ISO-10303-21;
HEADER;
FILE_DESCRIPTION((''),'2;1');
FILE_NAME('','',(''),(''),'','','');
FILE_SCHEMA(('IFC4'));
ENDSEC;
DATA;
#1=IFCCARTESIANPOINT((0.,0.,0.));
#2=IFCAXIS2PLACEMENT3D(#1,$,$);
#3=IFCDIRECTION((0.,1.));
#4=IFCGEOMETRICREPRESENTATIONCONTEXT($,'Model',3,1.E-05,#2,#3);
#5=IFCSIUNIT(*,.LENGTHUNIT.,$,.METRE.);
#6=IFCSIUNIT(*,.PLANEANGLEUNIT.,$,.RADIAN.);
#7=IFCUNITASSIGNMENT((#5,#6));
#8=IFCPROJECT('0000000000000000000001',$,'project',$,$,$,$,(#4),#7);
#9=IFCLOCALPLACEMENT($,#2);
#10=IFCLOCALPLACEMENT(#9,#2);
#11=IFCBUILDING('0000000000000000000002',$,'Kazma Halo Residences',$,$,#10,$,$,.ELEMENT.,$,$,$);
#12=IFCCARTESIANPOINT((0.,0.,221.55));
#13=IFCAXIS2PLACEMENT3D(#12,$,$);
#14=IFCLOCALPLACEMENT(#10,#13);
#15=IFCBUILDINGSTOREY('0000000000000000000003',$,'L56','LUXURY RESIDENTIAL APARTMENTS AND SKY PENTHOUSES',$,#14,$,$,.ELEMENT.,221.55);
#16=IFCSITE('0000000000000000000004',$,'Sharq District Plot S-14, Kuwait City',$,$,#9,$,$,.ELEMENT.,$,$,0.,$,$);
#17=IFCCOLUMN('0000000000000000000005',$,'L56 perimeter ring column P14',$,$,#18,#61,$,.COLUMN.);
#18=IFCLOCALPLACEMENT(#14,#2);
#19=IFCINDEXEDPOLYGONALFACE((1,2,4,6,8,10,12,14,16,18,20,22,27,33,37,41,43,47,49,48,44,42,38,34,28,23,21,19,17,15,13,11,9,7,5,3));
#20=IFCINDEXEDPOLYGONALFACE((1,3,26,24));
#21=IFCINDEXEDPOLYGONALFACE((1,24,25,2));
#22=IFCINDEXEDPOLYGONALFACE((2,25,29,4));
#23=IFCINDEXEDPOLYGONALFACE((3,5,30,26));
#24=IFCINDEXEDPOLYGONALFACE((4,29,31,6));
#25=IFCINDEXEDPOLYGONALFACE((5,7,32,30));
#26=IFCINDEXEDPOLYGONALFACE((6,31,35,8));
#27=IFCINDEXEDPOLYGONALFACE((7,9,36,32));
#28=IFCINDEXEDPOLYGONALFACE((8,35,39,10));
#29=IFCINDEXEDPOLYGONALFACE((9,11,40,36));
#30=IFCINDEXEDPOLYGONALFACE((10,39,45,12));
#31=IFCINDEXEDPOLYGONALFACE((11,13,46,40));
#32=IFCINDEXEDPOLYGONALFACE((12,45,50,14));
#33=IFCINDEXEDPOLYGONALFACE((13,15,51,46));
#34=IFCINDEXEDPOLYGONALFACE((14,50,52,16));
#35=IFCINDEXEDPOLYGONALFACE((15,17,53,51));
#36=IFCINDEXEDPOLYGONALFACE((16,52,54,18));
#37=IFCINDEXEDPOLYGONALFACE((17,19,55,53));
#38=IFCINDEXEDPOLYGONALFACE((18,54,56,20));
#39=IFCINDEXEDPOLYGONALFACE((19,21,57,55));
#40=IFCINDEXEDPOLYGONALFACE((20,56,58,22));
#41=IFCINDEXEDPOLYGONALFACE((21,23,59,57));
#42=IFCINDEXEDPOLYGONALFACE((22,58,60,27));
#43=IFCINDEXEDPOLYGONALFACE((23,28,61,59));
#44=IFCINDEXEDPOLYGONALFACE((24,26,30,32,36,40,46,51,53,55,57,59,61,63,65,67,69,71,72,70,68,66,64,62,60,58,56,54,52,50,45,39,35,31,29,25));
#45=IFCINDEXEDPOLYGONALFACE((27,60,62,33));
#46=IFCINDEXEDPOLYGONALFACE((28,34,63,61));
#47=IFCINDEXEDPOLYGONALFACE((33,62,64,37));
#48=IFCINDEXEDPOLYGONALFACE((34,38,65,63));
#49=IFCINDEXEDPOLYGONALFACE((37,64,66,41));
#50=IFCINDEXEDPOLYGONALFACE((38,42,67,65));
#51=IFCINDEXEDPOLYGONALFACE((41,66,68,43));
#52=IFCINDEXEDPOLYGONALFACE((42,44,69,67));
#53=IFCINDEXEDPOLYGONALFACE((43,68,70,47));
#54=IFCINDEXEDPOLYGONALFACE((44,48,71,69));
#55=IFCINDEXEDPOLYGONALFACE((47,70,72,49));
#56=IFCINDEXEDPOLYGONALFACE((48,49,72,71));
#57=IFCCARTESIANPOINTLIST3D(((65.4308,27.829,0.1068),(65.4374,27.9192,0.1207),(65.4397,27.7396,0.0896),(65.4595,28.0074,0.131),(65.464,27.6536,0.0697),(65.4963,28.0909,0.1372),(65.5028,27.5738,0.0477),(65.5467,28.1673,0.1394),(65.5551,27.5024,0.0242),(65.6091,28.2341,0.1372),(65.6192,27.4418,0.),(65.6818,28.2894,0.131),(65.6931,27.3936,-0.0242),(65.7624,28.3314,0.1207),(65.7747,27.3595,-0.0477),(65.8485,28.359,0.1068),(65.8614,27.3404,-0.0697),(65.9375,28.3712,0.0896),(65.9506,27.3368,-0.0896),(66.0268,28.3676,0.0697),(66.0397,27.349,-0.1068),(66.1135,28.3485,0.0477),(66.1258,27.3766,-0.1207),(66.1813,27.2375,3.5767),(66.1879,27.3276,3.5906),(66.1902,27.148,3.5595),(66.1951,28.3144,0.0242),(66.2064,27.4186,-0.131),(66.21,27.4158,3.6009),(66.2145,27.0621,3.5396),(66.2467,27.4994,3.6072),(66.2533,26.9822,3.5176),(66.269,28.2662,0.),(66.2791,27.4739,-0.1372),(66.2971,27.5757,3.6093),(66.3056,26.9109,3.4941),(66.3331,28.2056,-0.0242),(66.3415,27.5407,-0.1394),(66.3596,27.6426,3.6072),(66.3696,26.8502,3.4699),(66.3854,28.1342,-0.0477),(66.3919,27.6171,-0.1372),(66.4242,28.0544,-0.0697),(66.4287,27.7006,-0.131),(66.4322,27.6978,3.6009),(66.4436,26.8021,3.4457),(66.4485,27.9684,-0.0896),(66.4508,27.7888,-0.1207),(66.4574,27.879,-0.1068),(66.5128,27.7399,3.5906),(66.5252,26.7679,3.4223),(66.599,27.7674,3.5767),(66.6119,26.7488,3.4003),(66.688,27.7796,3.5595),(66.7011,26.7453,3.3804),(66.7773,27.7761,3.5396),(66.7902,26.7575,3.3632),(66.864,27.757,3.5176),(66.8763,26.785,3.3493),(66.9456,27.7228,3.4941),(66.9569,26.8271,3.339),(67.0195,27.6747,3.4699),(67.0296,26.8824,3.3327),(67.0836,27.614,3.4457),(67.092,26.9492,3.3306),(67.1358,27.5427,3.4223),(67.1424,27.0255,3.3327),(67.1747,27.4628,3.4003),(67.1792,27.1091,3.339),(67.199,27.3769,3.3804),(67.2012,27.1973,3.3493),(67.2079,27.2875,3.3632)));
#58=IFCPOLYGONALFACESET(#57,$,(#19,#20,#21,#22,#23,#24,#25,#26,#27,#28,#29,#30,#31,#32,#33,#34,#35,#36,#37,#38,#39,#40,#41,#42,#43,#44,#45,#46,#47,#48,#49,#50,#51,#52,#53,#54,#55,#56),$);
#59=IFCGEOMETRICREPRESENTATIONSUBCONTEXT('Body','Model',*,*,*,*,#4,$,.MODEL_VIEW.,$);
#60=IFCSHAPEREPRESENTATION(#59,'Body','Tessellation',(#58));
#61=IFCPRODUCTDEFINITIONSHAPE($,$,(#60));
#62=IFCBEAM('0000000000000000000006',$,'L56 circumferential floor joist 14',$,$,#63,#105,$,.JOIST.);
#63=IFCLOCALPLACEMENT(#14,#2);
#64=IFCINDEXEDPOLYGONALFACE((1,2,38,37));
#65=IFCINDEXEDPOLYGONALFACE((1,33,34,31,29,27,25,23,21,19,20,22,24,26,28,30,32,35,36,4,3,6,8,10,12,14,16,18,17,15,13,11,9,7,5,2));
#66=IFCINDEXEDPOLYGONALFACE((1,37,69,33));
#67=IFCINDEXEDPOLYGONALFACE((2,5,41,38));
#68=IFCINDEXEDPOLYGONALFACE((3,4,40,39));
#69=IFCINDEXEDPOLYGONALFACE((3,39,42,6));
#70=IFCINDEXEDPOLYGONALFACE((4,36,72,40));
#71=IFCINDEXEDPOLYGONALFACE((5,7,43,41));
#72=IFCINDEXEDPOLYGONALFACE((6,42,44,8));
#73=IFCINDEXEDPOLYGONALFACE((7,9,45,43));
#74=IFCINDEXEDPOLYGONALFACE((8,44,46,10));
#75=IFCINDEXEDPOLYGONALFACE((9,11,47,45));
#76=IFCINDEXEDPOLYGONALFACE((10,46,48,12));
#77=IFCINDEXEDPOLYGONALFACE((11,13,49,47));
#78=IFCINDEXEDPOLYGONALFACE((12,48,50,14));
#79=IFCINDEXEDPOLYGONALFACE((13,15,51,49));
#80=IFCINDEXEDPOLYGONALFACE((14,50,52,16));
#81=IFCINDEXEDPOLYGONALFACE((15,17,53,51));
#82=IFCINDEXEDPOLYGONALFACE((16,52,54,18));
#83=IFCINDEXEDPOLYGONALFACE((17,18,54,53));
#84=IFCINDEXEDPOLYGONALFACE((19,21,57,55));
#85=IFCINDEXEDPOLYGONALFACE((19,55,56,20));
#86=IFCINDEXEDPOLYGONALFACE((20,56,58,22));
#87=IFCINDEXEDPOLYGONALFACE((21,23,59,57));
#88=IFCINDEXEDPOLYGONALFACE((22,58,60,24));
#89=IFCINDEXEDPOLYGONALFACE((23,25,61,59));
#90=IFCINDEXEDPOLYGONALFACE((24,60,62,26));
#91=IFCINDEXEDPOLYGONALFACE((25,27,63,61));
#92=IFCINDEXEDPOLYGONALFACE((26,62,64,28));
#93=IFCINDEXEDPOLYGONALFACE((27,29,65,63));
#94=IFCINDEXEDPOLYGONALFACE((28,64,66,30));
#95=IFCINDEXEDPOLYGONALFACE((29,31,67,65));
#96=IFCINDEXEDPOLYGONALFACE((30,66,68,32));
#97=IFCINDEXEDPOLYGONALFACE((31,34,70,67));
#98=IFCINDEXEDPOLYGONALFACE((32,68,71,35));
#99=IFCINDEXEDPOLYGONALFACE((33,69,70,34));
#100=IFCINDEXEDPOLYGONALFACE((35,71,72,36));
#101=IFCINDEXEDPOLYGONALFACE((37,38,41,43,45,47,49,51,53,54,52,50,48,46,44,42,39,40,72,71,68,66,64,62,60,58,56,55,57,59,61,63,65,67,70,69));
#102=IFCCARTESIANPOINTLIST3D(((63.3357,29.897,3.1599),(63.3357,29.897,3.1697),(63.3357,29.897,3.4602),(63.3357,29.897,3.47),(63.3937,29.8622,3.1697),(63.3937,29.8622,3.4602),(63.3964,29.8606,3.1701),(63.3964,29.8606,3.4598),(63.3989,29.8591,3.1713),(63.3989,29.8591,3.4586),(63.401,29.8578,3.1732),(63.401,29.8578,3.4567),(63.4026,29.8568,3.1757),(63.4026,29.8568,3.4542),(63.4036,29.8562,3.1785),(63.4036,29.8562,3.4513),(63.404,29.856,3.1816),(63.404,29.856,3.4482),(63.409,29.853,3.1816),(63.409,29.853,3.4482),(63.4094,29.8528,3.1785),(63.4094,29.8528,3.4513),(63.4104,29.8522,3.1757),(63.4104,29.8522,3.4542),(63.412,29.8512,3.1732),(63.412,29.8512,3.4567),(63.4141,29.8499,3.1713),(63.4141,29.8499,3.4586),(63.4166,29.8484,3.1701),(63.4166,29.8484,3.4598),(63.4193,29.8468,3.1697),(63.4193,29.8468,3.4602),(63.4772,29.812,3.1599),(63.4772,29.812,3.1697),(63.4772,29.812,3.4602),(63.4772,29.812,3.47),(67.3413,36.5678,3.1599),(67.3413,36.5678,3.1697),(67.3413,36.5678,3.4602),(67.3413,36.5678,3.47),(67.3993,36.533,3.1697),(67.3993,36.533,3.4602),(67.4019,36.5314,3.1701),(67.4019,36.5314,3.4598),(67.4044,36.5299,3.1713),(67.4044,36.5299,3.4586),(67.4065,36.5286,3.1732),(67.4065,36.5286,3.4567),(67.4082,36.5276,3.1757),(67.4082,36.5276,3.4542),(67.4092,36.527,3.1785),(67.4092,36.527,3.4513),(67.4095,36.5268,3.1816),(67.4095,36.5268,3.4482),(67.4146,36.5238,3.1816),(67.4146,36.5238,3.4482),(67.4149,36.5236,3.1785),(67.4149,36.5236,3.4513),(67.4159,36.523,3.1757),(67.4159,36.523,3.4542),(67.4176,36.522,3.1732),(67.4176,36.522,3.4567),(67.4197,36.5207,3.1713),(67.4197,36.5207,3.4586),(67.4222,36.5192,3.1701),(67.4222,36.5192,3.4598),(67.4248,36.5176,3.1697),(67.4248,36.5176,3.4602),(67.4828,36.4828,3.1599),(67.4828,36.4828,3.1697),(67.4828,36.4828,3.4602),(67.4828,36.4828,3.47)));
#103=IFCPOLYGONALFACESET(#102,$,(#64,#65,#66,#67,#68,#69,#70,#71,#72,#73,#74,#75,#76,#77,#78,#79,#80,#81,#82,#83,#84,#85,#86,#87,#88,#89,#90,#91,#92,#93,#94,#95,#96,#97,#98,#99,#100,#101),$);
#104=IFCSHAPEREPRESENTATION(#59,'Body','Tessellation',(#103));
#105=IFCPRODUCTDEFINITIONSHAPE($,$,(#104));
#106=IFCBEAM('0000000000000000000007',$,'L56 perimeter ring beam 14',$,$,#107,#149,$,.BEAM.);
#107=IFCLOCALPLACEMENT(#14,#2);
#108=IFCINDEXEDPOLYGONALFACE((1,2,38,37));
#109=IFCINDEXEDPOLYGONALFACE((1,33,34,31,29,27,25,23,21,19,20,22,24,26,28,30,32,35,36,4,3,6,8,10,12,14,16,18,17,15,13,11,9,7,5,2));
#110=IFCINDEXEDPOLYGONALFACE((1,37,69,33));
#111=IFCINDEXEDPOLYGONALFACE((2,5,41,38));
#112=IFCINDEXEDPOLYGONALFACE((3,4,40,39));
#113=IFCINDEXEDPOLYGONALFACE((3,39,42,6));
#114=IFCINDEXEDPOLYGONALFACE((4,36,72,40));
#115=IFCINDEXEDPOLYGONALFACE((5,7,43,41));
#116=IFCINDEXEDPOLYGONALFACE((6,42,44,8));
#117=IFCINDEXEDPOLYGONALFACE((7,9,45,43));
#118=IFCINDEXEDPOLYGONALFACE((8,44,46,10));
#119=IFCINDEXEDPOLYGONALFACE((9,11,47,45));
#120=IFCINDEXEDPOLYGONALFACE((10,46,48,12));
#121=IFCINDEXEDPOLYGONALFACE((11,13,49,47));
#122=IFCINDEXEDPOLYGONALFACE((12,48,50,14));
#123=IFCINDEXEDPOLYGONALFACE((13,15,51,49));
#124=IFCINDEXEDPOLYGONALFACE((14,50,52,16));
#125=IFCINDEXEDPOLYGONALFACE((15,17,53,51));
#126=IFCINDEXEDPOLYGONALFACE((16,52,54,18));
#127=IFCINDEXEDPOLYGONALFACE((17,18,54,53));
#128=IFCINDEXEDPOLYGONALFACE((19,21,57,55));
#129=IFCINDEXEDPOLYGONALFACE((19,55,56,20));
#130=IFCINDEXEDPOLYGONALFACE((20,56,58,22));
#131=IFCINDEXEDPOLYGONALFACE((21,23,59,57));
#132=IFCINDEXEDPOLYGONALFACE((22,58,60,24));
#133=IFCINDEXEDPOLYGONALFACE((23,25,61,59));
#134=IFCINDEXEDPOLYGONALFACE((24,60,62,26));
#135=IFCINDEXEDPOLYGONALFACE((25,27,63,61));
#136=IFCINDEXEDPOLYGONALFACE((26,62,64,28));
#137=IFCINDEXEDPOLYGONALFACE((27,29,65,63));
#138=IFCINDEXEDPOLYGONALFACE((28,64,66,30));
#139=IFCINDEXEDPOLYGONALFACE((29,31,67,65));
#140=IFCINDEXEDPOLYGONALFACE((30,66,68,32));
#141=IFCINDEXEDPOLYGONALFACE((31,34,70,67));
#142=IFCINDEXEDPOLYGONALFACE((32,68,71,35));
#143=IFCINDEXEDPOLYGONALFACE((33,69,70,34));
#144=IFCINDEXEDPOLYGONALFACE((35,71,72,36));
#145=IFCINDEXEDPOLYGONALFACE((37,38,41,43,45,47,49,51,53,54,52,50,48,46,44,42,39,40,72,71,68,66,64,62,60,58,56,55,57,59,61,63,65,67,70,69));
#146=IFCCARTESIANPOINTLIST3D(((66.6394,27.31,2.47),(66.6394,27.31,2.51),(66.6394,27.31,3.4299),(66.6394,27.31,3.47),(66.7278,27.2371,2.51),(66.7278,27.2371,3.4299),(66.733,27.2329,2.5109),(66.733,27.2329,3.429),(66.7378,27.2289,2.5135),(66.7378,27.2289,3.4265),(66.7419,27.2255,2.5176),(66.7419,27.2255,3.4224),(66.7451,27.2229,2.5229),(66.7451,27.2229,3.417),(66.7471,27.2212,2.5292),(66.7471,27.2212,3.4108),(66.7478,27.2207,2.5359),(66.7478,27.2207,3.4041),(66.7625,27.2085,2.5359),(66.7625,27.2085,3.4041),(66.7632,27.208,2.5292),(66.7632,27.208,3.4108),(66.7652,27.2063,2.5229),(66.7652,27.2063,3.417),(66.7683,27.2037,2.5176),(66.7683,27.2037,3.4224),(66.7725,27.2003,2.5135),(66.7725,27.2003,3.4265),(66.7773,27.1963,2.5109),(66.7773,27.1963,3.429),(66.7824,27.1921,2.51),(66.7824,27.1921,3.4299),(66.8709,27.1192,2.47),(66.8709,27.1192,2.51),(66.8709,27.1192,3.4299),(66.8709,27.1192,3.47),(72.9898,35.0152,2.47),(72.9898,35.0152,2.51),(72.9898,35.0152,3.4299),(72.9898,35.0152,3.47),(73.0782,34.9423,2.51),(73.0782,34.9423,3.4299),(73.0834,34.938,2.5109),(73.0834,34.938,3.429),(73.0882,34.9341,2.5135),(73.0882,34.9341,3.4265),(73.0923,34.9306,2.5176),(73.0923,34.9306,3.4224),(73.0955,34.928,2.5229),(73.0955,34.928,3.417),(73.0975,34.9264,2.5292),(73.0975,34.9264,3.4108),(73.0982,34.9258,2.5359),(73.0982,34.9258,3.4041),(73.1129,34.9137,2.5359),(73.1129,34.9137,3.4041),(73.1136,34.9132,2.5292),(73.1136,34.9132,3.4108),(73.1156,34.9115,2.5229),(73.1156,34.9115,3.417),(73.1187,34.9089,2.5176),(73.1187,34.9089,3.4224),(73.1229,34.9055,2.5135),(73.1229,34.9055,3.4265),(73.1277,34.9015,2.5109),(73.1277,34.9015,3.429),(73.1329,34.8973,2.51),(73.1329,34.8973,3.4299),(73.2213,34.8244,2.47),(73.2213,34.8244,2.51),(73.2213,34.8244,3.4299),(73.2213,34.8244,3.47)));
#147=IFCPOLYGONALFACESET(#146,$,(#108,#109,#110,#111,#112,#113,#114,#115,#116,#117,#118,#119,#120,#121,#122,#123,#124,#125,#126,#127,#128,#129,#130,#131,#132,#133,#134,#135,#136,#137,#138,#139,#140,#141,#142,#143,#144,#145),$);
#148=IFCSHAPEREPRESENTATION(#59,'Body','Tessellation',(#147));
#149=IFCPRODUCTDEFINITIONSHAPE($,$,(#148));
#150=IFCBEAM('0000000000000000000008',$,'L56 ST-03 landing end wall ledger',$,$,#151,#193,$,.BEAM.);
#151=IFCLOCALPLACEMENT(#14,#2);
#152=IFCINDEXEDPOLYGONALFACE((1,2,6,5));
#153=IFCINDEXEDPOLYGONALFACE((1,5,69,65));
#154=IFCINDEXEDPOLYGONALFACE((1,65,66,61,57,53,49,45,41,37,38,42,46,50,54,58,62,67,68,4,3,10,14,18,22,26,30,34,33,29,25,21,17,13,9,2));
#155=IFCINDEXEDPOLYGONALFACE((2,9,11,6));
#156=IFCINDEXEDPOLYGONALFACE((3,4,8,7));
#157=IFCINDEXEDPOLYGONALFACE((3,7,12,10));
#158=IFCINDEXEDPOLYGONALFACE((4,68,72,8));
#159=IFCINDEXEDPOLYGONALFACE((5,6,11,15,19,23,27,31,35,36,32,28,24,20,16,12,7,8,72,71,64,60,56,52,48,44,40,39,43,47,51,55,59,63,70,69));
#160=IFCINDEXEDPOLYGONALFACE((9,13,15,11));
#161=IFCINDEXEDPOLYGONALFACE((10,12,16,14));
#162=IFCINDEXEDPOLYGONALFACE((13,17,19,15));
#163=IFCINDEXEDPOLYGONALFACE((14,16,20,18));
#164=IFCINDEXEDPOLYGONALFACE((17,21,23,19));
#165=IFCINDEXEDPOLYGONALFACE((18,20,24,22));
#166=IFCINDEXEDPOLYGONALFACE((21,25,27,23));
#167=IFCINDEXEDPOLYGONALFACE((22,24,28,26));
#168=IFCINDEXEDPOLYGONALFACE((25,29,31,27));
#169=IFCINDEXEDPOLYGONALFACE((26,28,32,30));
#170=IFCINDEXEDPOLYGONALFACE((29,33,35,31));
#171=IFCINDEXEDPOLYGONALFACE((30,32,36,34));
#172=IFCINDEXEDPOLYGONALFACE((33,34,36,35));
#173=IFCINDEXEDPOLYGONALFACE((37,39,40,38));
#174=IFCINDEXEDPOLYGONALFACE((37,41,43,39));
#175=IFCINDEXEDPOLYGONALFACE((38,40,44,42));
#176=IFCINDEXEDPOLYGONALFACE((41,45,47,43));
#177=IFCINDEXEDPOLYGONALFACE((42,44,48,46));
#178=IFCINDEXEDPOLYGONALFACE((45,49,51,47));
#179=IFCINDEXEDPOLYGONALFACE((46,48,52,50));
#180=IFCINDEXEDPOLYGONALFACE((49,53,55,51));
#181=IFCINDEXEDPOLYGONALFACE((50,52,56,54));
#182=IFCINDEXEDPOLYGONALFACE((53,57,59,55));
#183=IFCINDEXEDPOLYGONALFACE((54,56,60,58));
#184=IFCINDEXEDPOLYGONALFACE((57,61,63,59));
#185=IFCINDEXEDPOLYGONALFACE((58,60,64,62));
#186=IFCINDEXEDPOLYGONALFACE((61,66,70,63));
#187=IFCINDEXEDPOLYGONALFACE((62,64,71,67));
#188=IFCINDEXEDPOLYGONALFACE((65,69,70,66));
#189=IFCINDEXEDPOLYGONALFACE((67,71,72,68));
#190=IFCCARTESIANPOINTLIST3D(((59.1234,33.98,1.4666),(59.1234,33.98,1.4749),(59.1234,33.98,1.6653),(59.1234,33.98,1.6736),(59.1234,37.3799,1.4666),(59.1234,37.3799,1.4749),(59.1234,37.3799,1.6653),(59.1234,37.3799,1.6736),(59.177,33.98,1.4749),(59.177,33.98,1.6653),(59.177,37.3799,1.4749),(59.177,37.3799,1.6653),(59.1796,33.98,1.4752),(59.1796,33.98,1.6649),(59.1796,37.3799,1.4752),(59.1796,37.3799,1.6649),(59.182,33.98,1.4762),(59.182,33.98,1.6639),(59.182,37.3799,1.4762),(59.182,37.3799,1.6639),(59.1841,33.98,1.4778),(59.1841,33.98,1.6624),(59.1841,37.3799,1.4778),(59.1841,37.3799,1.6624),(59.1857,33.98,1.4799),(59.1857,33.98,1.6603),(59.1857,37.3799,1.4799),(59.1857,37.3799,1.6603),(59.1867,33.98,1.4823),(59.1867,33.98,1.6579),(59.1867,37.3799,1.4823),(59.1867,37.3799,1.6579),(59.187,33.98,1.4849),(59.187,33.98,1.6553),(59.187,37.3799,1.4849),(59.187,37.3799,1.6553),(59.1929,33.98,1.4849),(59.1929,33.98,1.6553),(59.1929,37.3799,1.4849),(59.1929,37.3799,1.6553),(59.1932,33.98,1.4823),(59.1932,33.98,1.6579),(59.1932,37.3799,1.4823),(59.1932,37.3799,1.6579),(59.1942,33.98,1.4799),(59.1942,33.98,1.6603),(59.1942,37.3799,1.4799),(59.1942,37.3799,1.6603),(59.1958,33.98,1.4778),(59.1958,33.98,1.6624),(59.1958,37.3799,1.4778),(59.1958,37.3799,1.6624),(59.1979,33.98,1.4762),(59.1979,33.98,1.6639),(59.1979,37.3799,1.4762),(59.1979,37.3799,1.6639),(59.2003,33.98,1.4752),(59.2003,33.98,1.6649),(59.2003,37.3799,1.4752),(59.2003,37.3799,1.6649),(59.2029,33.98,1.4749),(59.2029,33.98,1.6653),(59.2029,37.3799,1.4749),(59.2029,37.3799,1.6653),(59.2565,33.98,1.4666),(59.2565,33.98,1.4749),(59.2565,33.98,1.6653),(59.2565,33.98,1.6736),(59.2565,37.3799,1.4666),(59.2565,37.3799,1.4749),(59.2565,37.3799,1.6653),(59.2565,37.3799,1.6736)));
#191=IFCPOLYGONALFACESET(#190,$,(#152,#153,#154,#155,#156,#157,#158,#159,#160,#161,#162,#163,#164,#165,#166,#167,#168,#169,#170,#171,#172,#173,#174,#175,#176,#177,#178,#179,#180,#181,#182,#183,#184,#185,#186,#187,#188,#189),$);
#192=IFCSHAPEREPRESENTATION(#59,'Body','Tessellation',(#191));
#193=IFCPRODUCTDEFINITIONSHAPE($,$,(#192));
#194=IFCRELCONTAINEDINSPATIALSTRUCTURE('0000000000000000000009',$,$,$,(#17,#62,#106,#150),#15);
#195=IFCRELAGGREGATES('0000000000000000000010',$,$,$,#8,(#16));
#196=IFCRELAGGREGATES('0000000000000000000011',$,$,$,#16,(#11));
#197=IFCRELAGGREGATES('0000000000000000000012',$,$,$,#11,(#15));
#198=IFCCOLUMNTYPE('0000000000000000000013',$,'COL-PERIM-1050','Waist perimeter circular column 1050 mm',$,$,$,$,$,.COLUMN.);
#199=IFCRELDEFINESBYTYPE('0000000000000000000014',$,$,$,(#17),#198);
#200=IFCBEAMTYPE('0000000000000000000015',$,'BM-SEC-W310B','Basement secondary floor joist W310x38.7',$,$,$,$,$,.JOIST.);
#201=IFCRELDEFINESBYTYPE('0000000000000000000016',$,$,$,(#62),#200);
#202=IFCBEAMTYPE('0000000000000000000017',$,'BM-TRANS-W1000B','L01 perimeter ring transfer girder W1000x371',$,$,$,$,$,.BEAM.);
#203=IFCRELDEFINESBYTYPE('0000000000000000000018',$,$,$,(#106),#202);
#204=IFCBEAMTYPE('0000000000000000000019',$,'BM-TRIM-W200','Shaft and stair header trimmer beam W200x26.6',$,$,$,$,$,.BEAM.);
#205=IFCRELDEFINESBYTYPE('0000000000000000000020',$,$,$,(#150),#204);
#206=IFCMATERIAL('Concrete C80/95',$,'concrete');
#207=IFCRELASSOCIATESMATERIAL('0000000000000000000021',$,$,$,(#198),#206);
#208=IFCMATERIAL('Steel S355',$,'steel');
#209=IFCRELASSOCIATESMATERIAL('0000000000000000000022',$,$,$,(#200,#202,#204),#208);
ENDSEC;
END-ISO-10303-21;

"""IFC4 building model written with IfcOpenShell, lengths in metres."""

from ifc_helpers import new_model, si_unit, direction, frame, origin, origin_2d, place, context, subcontext, project, spatial, circle, i_section, extrude, material, material_profile, profile_set, type_object, element, save


model = new_model("IFC4")

# Units and contexts
model_context = context("Model", 3, precision=1e-05, world=origin(), true_north=direction((0.0, 1.0)))
body_context = subcontext(model_context, "Body", "Model", "MODEL_VIEW")
ifc_project = project(units=[si_unit("LENGTHUNIT", "METRE"), si_unit("PLANEANGLEUNIT", "RADIAN")], contexts=[model_context])

# Site, building, storey
site_placement = place(None, origin())
site = spatial("IfcSite", under=ifc_project, at=site_placement, Name="Sharq District Plot S-14, Kuwait City", CompositionType="ELEMENT", RefElevation=0.0)
building_placement = place(site_placement, origin())
building = spatial("IfcBuilding", under=site, at=building_placement, Name="Kazma Halo Residences", CompositionType="ELEMENT")
storey_placement = place(building_placement, frame((0.0, 0.0, 221.55)))
storey = spatial("IfcBuildingStorey", under=building, at=storey_placement, Name="L56", Description="LUXURY RESIDENTIAL APARTMENTS AND SKY PENTHOUSES", CompositionType="ELEMENT", Elevation=221.55)

# Column
ifc_material_1 = material(Name="Concrete C80/95", Category="concrete")
ifc_material_profile_1 = material_profile(ifc_material_1, circle(Radius=0.5249, at=origin_2d()), Name="CIRC1050")
ifc_profile_set_1 = profile_set([ifc_material_profile_1], Name="Concrete C80/95")
column_type = type_object("IfcColumnType", Name="COL-PERIM-1050", Description="Waist perimeter circular column 1050 mm", PredefinedType="COLUMN", material=ifc_profile_set_1)
column_placement = place(storey_placement, frame((65.9441, 27.854, 0.0), z_axis=(0.208518, -0.164359, 0.964109), x_axis=(0.619039, 0.78536, 0.0)))
element("IfcColumn", 1, at=column_placement, inside=storey, type_object=column_type, Name="L56 perimeter ring column P14", PredefinedType="COLUMN", context=body_context, shape_type="SweptSolid", body=[
    extrude(circle(Radius=0.5249, at=origin_2d()), origin(), (0.0, 0.0, 1.0), 3.5991),
])

# Beams
ifc_material_2 = material(Name="Steel S355", Category="steel")
ifc_material_profile_2 = material_profile(ifc_material_2, i_section(OverallWidth=0.165, OverallDepth=0.3101, WebThickness=0.0059, FlangeThickness=0.0098, FilletRadius=0.012, at=origin_2d()), Name="W310x38.7")
ifc_profile_set_2 = profile_set([ifc_material_profile_2], Name="Steel S355")
beam_type_1 = type_object("IfcBeamType", Name="BM-SEC-W310B", Description="Basement secondary floor joist W310x38.7", PredefinedType="JOIST", material=ifc_profile_set_2)
beam_1_placement = place(storey_placement, frame((63.4065, 29.8545, 3.3149), z_axis=(0.514786, 0.857318, 0.0), x_axis=(-0.857318, 0.514786, 0.0)))
element("IfcBeam", 2, at=beam_1_placement, inside=storey, type_object=beam_type_1, Name="L56 circumferential floor joist 14", PredefinedType="JOIST", context=body_context, shape_type="SweptSolid", body=[
    extrude(i_section(OverallWidth=0.165, OverallDepth=0.3101, WebThickness=0.0059, FlangeThickness=0.0098, FilletRadius=0.012, at=origin_2d()), origin(), (0.0, 0.0, 1.0), 7.781),
])
ifc_material_profile_3 = material_profile(ifc_material_2, i_section(OverallWidth=0.3, OverallDepth=1.0, WebThickness=0.019, FlangeThickness=0.04, FilletRadius=0.0259, at=origin_2d()), Name="W1000x371")
ifc_profile_set_3 = profile_set([ifc_material_profile_3], Name="Steel S355")
beam_type_2 = type_object("IfcBeamType", Name="BM-TRANS-W1000B", Description="L01 perimeter ring transfer girder W1000x371", PredefinedType="BEAM", material=ifc_profile_set_3)
beam_2_placement = place(storey_placement, frame((66.7551, 27.2146, 2.97), z_axis=(0.636005, 0.771685, 0.0), x_axis=(-0.771685, 0.636005, 0.0)))
element("IfcBeam", 3, at=beam_2_placement, inside=storey, type_object=beam_type_2, Name="L56 perimeter ring beam 14", PredefinedType="BEAM", context=body_context, shape_type="SweptSolid", body=[
    extrude(i_section(OverallWidth=0.3, OverallDepth=1.0, WebThickness=0.019, FlangeThickness=0.04, FilletRadius=0.0259, at=origin_2d()), origin(), (0.0, 0.0, 1.0), 9.9849),
])
ifc_material_profile_4 = material_profile(ifc_material_2, i_section(OverallWidth=0.1331, OverallDepth=0.207, WebThickness=0.0059, FlangeThickness=0.0083, FilletRadius=0.01, at=origin_2d()), Name="W200x26.6")
ifc_profile_set_4 = profile_set([ifc_material_profile_4], Name="Steel S355")
beam_type_3 = type_object("IfcBeamType", Name="BM-TRIM-W200", Description="Shaft and stair header trimmer beam W200x26.6", PredefinedType="BEAM", material=ifc_profile_set_4)
beam_3_placement = place(storey_placement, frame((59.1899, 33.98, 1.5701), z_axis=(0.0, 1.0, 0.0), x_axis=(-1.0, 0.0, 0.0)))
element("IfcBeam", 4, at=beam_3_placement, inside=storey, type_object=beam_type_3, Name="L56 ST-03 landing end wall ledger", PredefinedType="BEAM", context=body_context, shape_type="SweptSolid", body=[
    extrude(i_section(OverallWidth=0.1331, OverallDepth=0.207, WebThickness=0.0059, FlangeThickness=0.0083, FilletRadius=0.01, at=origin_2d()), origin(), (0.0, 0.0, 1.0), 3.3999),
])

save(model, "model.ifc")
